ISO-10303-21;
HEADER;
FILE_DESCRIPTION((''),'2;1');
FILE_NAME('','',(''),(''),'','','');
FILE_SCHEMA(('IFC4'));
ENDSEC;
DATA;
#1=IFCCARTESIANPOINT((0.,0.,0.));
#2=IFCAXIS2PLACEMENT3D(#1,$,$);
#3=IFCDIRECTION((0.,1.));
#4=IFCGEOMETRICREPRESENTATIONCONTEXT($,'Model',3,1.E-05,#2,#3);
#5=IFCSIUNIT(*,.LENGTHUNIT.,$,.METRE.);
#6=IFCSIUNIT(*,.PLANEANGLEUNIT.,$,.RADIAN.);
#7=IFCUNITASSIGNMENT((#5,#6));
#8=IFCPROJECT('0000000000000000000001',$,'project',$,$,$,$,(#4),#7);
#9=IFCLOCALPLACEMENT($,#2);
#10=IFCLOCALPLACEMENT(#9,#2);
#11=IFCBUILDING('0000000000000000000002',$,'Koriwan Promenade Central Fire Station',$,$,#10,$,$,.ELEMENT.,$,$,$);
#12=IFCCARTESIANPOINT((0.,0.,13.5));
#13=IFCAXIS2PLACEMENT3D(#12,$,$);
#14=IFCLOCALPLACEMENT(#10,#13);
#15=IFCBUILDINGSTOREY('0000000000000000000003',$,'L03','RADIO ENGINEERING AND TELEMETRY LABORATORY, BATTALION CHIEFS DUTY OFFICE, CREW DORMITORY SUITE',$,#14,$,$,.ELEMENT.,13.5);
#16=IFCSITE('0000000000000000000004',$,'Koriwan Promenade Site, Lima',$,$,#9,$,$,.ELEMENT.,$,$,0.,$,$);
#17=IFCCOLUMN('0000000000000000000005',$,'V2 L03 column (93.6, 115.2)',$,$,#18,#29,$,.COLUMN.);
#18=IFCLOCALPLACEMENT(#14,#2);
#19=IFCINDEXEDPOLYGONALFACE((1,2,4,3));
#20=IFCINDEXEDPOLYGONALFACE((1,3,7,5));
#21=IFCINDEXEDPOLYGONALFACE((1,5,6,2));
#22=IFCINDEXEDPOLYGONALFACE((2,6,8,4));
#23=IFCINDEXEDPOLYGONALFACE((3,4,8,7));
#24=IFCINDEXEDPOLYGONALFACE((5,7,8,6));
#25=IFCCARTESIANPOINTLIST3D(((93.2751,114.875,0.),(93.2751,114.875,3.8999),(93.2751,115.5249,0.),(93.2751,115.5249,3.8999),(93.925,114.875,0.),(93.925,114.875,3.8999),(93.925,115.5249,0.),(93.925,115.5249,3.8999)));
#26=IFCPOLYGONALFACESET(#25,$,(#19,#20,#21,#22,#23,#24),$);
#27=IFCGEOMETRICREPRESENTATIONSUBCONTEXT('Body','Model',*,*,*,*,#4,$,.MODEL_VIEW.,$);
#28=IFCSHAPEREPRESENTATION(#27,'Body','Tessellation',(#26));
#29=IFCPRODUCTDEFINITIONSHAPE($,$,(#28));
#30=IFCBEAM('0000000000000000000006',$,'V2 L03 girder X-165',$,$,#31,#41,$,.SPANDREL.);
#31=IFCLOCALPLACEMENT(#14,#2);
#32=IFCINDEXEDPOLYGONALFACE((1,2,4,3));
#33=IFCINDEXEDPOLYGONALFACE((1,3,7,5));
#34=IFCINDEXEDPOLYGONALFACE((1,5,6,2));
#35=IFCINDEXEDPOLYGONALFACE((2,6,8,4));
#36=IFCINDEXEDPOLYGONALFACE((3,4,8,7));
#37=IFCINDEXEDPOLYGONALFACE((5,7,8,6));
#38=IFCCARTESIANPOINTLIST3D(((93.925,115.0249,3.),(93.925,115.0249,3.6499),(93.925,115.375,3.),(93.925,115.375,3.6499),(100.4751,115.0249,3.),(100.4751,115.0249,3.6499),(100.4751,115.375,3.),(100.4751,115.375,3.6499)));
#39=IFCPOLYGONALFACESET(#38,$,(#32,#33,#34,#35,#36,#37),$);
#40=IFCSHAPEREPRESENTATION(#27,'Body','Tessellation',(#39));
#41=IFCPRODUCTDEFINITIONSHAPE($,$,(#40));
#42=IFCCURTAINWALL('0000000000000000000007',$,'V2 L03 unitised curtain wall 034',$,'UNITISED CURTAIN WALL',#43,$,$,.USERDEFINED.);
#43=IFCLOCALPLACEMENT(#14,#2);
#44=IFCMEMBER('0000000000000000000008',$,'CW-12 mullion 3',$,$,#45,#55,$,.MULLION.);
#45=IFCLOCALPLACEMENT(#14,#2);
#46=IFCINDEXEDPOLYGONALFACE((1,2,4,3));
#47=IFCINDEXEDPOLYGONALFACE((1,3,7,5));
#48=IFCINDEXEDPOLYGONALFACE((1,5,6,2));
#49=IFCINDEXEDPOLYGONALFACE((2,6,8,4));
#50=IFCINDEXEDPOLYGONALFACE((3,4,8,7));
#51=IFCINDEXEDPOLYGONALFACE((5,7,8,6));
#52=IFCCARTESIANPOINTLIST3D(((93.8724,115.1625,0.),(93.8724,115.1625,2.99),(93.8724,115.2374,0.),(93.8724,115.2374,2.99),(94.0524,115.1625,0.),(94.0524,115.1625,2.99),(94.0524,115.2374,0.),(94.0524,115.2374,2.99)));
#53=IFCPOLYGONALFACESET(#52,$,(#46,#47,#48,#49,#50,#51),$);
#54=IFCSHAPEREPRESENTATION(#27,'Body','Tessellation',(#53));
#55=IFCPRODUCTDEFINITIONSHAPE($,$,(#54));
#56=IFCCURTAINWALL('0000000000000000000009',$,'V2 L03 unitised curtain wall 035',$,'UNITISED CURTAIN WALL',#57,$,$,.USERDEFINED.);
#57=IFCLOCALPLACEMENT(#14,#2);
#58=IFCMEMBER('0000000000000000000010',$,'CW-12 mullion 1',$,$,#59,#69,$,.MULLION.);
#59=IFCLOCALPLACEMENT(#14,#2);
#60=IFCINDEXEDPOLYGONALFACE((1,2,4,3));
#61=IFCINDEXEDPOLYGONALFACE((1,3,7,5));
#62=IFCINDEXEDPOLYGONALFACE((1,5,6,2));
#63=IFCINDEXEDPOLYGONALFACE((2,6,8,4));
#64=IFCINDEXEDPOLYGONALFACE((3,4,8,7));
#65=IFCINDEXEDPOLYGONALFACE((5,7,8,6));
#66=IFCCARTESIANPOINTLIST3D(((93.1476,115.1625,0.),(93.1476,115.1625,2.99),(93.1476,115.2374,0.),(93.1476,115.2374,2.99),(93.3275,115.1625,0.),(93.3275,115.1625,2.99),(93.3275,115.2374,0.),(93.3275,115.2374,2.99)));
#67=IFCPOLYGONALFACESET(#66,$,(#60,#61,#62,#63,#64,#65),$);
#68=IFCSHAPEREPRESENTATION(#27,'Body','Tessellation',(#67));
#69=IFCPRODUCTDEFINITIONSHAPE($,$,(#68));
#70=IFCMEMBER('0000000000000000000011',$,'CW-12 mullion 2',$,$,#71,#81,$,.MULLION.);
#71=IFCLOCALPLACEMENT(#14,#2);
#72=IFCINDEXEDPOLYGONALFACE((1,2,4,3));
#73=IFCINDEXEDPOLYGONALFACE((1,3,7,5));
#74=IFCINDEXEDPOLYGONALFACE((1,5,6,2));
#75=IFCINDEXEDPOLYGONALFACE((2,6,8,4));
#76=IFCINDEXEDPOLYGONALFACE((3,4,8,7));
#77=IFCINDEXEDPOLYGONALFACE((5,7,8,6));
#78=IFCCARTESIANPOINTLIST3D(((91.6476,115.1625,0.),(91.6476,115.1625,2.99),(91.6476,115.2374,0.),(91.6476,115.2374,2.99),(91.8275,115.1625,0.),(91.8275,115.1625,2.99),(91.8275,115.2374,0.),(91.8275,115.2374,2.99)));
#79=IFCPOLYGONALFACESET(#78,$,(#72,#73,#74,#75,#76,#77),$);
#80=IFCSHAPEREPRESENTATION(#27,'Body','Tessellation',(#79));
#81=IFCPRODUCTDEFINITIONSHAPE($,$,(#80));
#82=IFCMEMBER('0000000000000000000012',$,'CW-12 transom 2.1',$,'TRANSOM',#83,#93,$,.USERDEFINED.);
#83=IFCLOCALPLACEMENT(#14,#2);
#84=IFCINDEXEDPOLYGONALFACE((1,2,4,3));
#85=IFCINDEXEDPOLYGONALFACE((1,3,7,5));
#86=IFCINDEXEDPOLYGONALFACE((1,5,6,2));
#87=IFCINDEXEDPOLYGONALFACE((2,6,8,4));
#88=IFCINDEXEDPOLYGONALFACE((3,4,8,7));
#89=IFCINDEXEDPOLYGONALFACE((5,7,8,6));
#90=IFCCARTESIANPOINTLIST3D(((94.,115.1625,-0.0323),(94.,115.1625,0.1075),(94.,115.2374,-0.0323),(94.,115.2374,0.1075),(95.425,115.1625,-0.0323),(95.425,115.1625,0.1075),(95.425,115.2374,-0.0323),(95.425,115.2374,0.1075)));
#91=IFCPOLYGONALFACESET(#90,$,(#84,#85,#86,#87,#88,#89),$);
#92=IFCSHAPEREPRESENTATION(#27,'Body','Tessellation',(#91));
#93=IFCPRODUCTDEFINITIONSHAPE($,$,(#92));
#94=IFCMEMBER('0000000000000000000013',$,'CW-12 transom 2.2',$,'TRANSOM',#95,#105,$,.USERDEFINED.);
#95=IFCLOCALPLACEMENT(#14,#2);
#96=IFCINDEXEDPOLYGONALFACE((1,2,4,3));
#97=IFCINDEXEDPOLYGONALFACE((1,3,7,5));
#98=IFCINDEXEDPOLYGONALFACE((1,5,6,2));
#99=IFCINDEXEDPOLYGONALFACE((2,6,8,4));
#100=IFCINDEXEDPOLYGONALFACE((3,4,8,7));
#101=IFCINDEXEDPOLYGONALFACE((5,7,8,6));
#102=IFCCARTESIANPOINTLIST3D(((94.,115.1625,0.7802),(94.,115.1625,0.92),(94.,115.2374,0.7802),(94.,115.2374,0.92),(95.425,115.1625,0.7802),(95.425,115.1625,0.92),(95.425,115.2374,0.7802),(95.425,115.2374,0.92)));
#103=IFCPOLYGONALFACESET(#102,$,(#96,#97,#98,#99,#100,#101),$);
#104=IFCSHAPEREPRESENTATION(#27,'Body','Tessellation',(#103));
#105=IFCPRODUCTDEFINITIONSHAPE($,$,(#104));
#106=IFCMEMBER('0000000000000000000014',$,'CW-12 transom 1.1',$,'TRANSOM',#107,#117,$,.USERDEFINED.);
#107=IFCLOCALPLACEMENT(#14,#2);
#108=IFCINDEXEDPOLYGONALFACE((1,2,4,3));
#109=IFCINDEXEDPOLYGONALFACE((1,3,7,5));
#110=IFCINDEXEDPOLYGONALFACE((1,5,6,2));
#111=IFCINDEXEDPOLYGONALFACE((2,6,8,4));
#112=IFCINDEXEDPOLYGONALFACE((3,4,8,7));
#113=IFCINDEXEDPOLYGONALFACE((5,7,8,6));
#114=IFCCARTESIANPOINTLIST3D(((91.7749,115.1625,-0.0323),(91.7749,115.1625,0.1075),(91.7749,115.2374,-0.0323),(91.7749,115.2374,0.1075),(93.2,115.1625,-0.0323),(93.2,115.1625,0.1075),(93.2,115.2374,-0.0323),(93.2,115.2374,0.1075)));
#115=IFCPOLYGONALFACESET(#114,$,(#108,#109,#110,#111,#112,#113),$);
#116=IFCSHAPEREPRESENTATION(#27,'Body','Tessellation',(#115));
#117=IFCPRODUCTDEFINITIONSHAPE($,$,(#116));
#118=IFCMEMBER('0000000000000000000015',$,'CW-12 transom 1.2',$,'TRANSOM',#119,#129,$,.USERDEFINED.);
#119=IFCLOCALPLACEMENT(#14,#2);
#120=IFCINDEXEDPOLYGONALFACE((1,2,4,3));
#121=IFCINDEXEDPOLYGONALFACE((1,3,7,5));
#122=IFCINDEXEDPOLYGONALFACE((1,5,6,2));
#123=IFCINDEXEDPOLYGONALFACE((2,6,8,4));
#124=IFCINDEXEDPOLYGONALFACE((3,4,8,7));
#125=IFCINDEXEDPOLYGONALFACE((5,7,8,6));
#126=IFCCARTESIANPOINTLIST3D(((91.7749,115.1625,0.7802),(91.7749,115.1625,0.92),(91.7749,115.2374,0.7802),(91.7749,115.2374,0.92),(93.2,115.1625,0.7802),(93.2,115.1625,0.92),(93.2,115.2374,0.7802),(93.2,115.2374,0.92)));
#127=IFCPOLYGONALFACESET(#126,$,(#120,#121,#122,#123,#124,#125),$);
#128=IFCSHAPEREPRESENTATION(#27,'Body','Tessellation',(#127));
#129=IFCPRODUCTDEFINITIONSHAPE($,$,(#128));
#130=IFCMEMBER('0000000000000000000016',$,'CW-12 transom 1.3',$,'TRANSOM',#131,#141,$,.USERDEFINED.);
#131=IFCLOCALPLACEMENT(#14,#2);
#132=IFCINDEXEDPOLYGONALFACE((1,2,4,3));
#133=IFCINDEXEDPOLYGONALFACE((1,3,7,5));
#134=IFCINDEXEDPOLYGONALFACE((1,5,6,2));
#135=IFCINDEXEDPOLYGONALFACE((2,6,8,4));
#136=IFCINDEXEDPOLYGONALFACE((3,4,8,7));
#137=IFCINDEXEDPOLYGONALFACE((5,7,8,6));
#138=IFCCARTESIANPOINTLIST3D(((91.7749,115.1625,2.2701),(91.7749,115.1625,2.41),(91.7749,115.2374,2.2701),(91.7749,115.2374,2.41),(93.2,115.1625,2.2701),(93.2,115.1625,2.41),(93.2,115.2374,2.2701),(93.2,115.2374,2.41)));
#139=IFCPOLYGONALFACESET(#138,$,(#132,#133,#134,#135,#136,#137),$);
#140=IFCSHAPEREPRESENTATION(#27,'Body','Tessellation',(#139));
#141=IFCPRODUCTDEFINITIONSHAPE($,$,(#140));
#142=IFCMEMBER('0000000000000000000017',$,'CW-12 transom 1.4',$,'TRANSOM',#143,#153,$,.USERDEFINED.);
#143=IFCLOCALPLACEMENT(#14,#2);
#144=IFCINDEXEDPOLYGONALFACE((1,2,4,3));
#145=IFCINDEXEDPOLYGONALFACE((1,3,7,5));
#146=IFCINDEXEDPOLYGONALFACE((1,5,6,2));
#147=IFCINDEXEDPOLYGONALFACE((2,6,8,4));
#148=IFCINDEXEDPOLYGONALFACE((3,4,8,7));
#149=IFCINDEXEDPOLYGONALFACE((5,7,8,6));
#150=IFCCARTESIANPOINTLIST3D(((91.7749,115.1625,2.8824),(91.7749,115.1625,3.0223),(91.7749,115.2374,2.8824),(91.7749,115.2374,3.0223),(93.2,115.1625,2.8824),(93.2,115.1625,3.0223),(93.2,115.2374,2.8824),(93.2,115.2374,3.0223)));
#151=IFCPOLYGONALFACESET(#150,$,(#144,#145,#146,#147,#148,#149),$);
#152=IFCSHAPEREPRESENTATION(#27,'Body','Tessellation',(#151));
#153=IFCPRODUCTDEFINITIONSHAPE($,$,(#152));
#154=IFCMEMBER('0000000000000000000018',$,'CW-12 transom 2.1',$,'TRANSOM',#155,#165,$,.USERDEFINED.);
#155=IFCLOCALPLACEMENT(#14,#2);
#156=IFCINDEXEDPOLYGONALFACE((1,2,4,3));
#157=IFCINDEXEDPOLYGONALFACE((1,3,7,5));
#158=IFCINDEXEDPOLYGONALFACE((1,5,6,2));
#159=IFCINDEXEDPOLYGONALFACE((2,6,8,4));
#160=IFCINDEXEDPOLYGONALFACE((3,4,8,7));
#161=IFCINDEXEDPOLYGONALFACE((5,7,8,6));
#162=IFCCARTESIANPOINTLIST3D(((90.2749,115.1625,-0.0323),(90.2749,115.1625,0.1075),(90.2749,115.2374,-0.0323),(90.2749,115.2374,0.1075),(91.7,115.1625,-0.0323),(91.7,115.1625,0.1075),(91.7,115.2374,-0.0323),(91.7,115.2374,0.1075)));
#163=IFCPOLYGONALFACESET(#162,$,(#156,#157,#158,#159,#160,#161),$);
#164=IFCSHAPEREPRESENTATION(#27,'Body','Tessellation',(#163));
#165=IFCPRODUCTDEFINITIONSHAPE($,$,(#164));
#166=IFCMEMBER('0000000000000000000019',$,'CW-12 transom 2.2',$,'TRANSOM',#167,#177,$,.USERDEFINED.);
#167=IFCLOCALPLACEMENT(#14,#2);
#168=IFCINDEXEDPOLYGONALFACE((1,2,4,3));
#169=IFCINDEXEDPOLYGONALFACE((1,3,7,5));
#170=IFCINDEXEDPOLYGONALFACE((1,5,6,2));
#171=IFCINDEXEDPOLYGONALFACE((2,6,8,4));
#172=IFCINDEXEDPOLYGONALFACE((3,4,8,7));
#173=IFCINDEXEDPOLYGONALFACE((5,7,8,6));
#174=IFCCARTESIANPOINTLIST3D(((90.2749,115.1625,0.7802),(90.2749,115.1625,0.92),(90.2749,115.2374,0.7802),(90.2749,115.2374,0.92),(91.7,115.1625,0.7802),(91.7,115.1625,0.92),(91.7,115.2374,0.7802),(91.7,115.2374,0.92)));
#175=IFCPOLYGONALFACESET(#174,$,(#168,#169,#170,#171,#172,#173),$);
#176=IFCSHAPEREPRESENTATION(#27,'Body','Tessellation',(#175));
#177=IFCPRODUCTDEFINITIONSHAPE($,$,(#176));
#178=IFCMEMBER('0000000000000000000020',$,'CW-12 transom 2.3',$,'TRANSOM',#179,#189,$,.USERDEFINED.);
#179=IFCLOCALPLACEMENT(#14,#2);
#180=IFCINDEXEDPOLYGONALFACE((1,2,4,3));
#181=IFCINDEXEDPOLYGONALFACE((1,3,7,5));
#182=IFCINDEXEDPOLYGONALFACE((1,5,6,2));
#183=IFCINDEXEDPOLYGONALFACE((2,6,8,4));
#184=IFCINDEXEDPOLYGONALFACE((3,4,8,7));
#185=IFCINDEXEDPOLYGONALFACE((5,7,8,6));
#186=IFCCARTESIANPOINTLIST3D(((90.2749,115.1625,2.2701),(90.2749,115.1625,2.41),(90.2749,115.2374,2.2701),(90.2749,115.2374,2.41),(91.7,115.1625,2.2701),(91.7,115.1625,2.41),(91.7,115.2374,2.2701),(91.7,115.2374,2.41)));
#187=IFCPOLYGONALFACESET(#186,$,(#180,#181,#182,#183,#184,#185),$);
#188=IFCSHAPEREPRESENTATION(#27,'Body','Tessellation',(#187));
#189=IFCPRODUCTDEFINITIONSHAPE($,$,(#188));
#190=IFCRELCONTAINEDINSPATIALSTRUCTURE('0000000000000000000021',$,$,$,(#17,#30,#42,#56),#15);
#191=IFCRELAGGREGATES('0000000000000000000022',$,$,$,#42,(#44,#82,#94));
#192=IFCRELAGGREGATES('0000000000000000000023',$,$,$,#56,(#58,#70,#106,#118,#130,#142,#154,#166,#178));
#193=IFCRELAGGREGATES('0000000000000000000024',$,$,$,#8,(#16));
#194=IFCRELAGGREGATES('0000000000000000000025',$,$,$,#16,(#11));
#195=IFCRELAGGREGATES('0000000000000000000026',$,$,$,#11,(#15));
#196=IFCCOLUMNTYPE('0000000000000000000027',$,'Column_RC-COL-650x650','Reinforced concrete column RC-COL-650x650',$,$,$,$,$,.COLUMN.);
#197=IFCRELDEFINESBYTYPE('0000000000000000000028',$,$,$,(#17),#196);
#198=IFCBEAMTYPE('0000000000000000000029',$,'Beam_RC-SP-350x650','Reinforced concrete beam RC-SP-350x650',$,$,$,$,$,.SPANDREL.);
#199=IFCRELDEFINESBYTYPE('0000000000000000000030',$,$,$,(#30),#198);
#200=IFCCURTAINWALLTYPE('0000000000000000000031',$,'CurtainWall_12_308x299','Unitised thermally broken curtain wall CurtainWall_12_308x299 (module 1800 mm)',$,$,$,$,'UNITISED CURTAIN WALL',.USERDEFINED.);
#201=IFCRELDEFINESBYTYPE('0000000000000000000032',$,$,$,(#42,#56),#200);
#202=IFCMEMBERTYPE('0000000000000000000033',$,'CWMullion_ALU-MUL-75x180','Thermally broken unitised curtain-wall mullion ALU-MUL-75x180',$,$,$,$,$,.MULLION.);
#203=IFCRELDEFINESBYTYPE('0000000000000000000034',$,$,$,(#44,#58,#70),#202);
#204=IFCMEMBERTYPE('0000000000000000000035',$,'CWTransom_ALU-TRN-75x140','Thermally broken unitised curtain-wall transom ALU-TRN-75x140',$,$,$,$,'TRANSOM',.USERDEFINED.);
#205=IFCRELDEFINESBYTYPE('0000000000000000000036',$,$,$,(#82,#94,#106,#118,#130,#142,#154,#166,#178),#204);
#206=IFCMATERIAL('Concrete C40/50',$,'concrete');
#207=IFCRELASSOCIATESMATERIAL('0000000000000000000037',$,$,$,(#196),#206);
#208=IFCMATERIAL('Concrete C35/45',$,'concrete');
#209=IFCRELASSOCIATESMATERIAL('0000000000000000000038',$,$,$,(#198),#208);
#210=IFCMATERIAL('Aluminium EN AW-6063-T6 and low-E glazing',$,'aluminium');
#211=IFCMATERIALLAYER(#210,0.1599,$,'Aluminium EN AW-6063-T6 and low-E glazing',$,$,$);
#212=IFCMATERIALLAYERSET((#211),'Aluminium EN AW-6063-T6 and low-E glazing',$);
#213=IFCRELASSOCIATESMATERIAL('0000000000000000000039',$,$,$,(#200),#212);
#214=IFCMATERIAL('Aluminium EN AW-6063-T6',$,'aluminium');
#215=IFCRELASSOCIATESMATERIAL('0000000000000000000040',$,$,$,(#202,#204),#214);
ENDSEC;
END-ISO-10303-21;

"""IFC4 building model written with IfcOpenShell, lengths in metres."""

from ifc_helpers import new_model, si_unit, direction, frame, origin, origin_2d, place, context, subcontext, project, spatial, rectangle, extrude, material, layer, layer_set, material_profile, profile_set, type_object, element, aggregate, save


model = new_model("IFC4")

# Units and contexts
model_context = context("Model", 3, precision=1e-05, world=origin(), true_north=direction((0.0, 1.0)))
body_context = subcontext(model_context, "Body", "Model", "MODEL_VIEW")
ifc_project = project(units=[si_unit("LENGTHUNIT", "METRE"), si_unit("PLANEANGLEUNIT", "RADIAN")], contexts=[model_context])

# Site, building, storey
site_placement = place(None, origin())
site = spatial("IfcSite", under=ifc_project, at=site_placement, Name="Koriwan Promenade Site, Lima", CompositionType="ELEMENT", RefElevation=0.0)
building_placement = place(site_placement, origin())
building = spatial("IfcBuilding", under=site, at=building_placement, Name="Koriwan Promenade Central Fire Station", CompositionType="ELEMENT")
storey_placement = place(building_placement, frame((0.0, 0.0, 13.5)))
storey = spatial("IfcBuildingStorey", under=building, at=storey_placement, Name="L03", Description="RADIO ENGINEERING AND TELEMETRY LABORATORY, BATTALION CHIEFS DUTY OFFICE, CREW DORMITORY SUITE", CompositionType="ELEMENT", Elevation=13.5)

# Column
ifc_material_1 = material(Name="Concrete C40/50", Category="concrete")
ifc_material_profile_1 = material_profile(ifc_material_1, rectangle(XDim=0.6499, YDim=0.6499, at=origin_2d()), Name="RC-COL-650x650")
ifc_profile_set_1 = profile_set([ifc_material_profile_1], Name="Concrete C40/50")
column_type = type_object("IfcColumnType", Name="Column_RC-COL-650x650", Description="Reinforced concrete column RC-COL-650x650", PredefinedType="COLUMN", material=ifc_profile_set_1)
column_placement = place(storey_placement, frame((93.6001, 115.2, 0.0), z_axis=(0.0, 0.0, 1.0), x_axis=(1.0, 0.0, 0.0)))
element("IfcColumn", 1, at=column_placement, inside=storey, type_object=column_type, Name="V2 L03 column (93.6, 115.2)", PredefinedType="COLUMN", context=body_context, shape_type="SweptSolid", body=[
    extrude(rectangle(XDim=0.6499, YDim=0.6499, at=origin_2d()), origin(), (0.0, 0.0, 1.0), 3.8999),
])

# Beam
ifc_material_2 = material(Name="Concrete C35/45", Category="concrete")
ifc_material_profile_2 = material_profile(ifc_material_2, rectangle(XDim=0.3501, YDim=0.6499, at=origin_2d()), Name="RC-SP-350x650")
ifc_profile_set_2 = profile_set([ifc_material_profile_2], Name="Concrete C35/45")
beam_type = type_object("IfcBeamType", Name="Beam_RC-SP-350x650", Description="Reinforced concrete beam RC-SP-350x650", PredefinedType="SPANDREL", material=ifc_profile_set_2)
beam_placement = place(storey_placement, frame((93.925, 115.2, 3.325), z_axis=(1.0, 0.0, 0.0), x_axis=(0.0, 1.0, 0.0)))
element("IfcBeam", 2, at=beam_placement, inside=storey, type_object=beam_type, Name="V2 L03 girder X-165", PredefinedType="SPANDREL", context=body_context, shape_type="SweptSolid", body=[
    extrude(rectangle(XDim=0.3501, YDim=0.6499, at=origin_2d()), origin(), (0.0, 0.0, 1.0), 6.55),
])

# Curtain wall, member
ifc_material_3 = material(Name="Aluminium EN AW-6063-T6 and low-E glazing", Category="aluminium")
ifc_layer_1 = layer(ifc_material_3, 0.1599, Name="Aluminium EN AW-6063-T6 and low-E glazing")
ifc_layer_set_1 = layer_set([ifc_layer_1], Name="Aluminium EN AW-6063-T6 and low-E glazing")
curtain_wall_type = type_object("IfcCurtainWallType", Name="CurtainWall_12_308x299", Description="Unitised thermally broken curtain wall CurtainWall_12_308x299 (module 1800 mm)", ElementType="UNITISED CURTAIN WALL", PredefinedType="USERDEFINED", material=ifc_layer_set_1)
curtain_wall_1_placement = place(storey_placement, origin())
curtain_wall_1 = element("IfcCurtainWall", 3, at=curtain_wall_1_placement, inside=storey, type_object=curtain_wall_type, Name="V2 L03 unitised curtain wall 034", ObjectType="UNITISED CURTAIN WALL", PredefinedType="USERDEFINED")
ifc_material_4 = material(Name="Aluminium EN AW-6063-T6", Category="aluminium")
ifc_material_profile_3 = material_profile(ifc_material_4, rectangle(XDim=0.075, YDim=0.1799, at=origin_2d()), Name="ALU-MUL-75x180")
ifc_profile_set_3 = profile_set([ifc_material_profile_3], Name="Aluminium EN AW-6063-T6")
member_type_1 = type_object("IfcMemberType", Name="CWMullion_ALU-MUL-75x180", Description="Thermally broken unitised curtain-wall mullion ALU-MUL-75x180", PredefinedType="MULLION", material=ifc_profile_set_3)
member_1_placement = place(storey_placement, frame((93.9624, 115.2, 0.0), z_axis=(0.0, 0.0, 1.0), x_axis=(0.0, -1.0, 0.0)))
member_1 = element("IfcMember", 4, at=member_1_placement, type_object=member_type_1, Name="CW-12 mullion 3", PredefinedType="MULLION", context=body_context, shape_type="SweptSolid", body=[
    extrude(rectangle(XDim=0.075, YDim=0.1799, at=origin_2d()), origin(), (0.0, 0.0, 1.0), 2.99),
])

# Curtain wall, members
curtain_wall_2_placement = place(storey_placement, origin())
curtain_wall_2 = element("IfcCurtainWall", 5, at=curtain_wall_2_placement, inside=storey, type_object=curtain_wall_type, Name="V2 L03 unitised curtain wall 035", ObjectType="UNITISED CURTAIN WALL", PredefinedType="USERDEFINED")
member_2_placement = place(storey_placement, frame((93.2375, 115.2, 0.0), z_axis=(0.0, 0.0, 1.0), x_axis=(0.0, -1.0, 0.0)))
member_2 = element("IfcMember", 6, at=member_2_placement, type_object=member_type_1, Name="CW-12 mullion 1", PredefinedType="MULLION", context=body_context, shape_type="SweptSolid", body=[
    extrude(rectangle(XDim=0.075, YDim=0.1799, at=origin_2d()), origin(), (0.0, 0.0, 1.0), 2.99),
])
member_3_placement = place(storey_placement, frame((91.7375, 115.2, 0.0), z_axis=(0.0, 0.0, 1.0), x_axis=(0.0, -1.0, 0.0)))
member_3 = element("IfcMember", 7, at=member_3_placement, type_object=member_type_1, Name="CW-12 mullion 2", PredefinedType="MULLION", context=body_context, shape_type="SweptSolid", body=[
    extrude(rectangle(XDim=0.075, YDim=0.1799, at=origin_2d()), origin(), (0.0, 0.0, 1.0), 2.99),
])

# Members
ifc_material_profile_4 = material_profile(ifc_material_4, rectangle(XDim=0.075, YDim=0.1399, at=origin_2d()), Name="ALU-TRN-75x140")
ifc_profile_set_4 = profile_set([ifc_material_profile_4], Name="Aluminium EN AW-6063-T6")
member_type_2 = type_object("IfcMemberType", Name="CWTransom_ALU-TRN-75x140", Description="Thermally broken unitised curtain-wall transom ALU-TRN-75x140", ElementType="TRANSOM", PredefinedType="USERDEFINED", material=ifc_profile_set_4)
member_4_placement = place(storey_placement, frame((95.425, 115.2, 0.0376), z_axis=(-1.0, 0.0, 0.0), x_axis=(0.0, -1.0, 0.0)))
member_4 = element("IfcMember", 8, at=member_4_placement, type_object=member_type_2, Name="CW-12 transom 2.1", ObjectType="TRANSOM", PredefinedType="USERDEFINED", context=body_context, shape_type="SweptSolid", body=[
    extrude(rectangle(XDim=0.075, YDim=0.1399, at=origin_2d()), origin(), (0.0, 0.0, 1.0), 1.425),
])
member_5_placement = place(storey_placement, frame((95.425, 115.2, 0.8501), z_axis=(-1.0, 0.0, 0.0), x_axis=(0.0, -1.0, 0.0)))
member_5 = element("IfcMember", 9, at=member_5_placement, type_object=member_type_2, Name="CW-12 transom 2.2", ObjectType="TRANSOM", PredefinedType="USERDEFINED", context=body_context, shape_type="SweptSolid", body=[
    extrude(rectangle(XDim=0.075, YDim=0.1399, at=origin_2d()), origin(), (0.0, 0.0, 1.0), 1.425),
])
member_6_placement = place(storey_placement, frame((93.2, 115.2, 0.0376), z_axis=(-1.0, 0.0, 0.0), x_axis=(0.0, -1.0, 0.0)))
member_6 = element("IfcMember", 10, at=member_6_placement, type_object=member_type_2, Name="CW-12 transom 1.1", ObjectType="TRANSOM", PredefinedType="USERDEFINED", context=body_context, shape_type="SweptSolid", body=[
    extrude(rectangle(XDim=0.075, YDim=0.1399, at=origin_2d()), origin(), (0.0, 0.0, 1.0), 1.425),
])
member_7_placement = place(storey_placement, frame((93.2, 115.2, 0.8501), z_axis=(-1.0, 0.0, 0.0), x_axis=(0.0, -1.0, 0.0)))
member_7 = element("IfcMember", 11, at=member_7_placement, type_object=member_type_2, Name="CW-12 transom 1.2", ObjectType="TRANSOM", PredefinedType="USERDEFINED", context=body_context, shape_type="SweptSolid", body=[
    extrude(rectangle(XDim=0.075, YDim=0.1399, at=origin_2d()), origin(), (0.0, 0.0, 1.0), 1.425),
])
member_8_placement = place(storey_placement, frame((93.2, 115.2, 2.3401), z_axis=(-1.0, 0.0, 0.0), x_axis=(0.0, -1.0, 0.0)))
member_8 = element("IfcMember", 12, at=member_8_placement, type_object=member_type_2, Name="CW-12 transom 1.3", ObjectType="TRANSOM", PredefinedType="USERDEFINED", context=body_context, shape_type="SweptSolid", body=[
    extrude(rectangle(XDim=0.075, YDim=0.1399, at=origin_2d()), origin(), (0.0, 0.0, 1.0), 1.425),
])
member_9_placement = place(storey_placement, frame((93.2, 115.2, 2.9524), z_axis=(-1.0, 0.0, 0.0), x_axis=(0.0, -1.0, 0.0)))
member_9 = element("IfcMember", 13, at=member_9_placement, type_object=member_type_2, Name="CW-12 transom 1.4", ObjectType="TRANSOM", PredefinedType="USERDEFINED", context=body_context, shape_type="SweptSolid", body=[
    extrude(rectangle(XDim=0.075, YDim=0.1399, at=origin_2d()), origin(), (0.0, 0.0, 1.0), 1.425),
])
member_10_placement = place(storey_placement, frame((91.7, 115.2, 0.0376), z_axis=(-1.0, 0.0, 0.0), x_axis=(0.0, -1.0, 0.0)))
member_10 = element("IfcMember", 14, at=member_10_placement, type_object=member_type_2, Name="CW-12 transom 2.1", ObjectType="TRANSOM", PredefinedType="USERDEFINED", context=body_context, shape_type="SweptSolid", body=[
    extrude(rectangle(XDim=0.075, YDim=0.1399, at=origin_2d()), origin(), (0.0, 0.0, 1.0), 1.425),
])
member_11_placement = place(storey_placement, frame((91.7, 115.2, 0.8501), z_axis=(-1.0, 0.0, 0.0), x_axis=(0.0, -1.0, 0.0)))
member_11 = element("IfcMember", 15, at=member_11_placement, type_object=member_type_2, Name="CW-12 transom 2.2", ObjectType="TRANSOM", PredefinedType="USERDEFINED", context=body_context, shape_type="SweptSolid", body=[
    extrude(rectangle(XDim=0.075, YDim=0.1399, at=origin_2d()), origin(), (0.0, 0.0, 1.0), 1.425),
])
member_12_placement = place(storey_placement, frame((91.7, 115.2, 2.3401), z_axis=(-1.0, 0.0, 0.0), x_axis=(0.0, -1.0, 0.0)))
member_12 = element("IfcMember", 16, at=member_12_placement, type_object=member_type_2, Name="CW-12 transom 2.3", ObjectType="TRANSOM", PredefinedType="USERDEFINED", context=body_context, shape_type="SweptSolid", body=[
    extrude(rectangle(XDim=0.075, YDim=0.1399, at=origin_2d()), origin(), (0.0, 0.0, 1.0), 1.425),
])

aggregate(curtain_wall_1, [member_1, member_4, member_5])
aggregate(curtain_wall_2, [member_2, member_3, member_6, member_7, member_8, member_9, member_10, member_11, member_12])

save(model, "model.ifc")
